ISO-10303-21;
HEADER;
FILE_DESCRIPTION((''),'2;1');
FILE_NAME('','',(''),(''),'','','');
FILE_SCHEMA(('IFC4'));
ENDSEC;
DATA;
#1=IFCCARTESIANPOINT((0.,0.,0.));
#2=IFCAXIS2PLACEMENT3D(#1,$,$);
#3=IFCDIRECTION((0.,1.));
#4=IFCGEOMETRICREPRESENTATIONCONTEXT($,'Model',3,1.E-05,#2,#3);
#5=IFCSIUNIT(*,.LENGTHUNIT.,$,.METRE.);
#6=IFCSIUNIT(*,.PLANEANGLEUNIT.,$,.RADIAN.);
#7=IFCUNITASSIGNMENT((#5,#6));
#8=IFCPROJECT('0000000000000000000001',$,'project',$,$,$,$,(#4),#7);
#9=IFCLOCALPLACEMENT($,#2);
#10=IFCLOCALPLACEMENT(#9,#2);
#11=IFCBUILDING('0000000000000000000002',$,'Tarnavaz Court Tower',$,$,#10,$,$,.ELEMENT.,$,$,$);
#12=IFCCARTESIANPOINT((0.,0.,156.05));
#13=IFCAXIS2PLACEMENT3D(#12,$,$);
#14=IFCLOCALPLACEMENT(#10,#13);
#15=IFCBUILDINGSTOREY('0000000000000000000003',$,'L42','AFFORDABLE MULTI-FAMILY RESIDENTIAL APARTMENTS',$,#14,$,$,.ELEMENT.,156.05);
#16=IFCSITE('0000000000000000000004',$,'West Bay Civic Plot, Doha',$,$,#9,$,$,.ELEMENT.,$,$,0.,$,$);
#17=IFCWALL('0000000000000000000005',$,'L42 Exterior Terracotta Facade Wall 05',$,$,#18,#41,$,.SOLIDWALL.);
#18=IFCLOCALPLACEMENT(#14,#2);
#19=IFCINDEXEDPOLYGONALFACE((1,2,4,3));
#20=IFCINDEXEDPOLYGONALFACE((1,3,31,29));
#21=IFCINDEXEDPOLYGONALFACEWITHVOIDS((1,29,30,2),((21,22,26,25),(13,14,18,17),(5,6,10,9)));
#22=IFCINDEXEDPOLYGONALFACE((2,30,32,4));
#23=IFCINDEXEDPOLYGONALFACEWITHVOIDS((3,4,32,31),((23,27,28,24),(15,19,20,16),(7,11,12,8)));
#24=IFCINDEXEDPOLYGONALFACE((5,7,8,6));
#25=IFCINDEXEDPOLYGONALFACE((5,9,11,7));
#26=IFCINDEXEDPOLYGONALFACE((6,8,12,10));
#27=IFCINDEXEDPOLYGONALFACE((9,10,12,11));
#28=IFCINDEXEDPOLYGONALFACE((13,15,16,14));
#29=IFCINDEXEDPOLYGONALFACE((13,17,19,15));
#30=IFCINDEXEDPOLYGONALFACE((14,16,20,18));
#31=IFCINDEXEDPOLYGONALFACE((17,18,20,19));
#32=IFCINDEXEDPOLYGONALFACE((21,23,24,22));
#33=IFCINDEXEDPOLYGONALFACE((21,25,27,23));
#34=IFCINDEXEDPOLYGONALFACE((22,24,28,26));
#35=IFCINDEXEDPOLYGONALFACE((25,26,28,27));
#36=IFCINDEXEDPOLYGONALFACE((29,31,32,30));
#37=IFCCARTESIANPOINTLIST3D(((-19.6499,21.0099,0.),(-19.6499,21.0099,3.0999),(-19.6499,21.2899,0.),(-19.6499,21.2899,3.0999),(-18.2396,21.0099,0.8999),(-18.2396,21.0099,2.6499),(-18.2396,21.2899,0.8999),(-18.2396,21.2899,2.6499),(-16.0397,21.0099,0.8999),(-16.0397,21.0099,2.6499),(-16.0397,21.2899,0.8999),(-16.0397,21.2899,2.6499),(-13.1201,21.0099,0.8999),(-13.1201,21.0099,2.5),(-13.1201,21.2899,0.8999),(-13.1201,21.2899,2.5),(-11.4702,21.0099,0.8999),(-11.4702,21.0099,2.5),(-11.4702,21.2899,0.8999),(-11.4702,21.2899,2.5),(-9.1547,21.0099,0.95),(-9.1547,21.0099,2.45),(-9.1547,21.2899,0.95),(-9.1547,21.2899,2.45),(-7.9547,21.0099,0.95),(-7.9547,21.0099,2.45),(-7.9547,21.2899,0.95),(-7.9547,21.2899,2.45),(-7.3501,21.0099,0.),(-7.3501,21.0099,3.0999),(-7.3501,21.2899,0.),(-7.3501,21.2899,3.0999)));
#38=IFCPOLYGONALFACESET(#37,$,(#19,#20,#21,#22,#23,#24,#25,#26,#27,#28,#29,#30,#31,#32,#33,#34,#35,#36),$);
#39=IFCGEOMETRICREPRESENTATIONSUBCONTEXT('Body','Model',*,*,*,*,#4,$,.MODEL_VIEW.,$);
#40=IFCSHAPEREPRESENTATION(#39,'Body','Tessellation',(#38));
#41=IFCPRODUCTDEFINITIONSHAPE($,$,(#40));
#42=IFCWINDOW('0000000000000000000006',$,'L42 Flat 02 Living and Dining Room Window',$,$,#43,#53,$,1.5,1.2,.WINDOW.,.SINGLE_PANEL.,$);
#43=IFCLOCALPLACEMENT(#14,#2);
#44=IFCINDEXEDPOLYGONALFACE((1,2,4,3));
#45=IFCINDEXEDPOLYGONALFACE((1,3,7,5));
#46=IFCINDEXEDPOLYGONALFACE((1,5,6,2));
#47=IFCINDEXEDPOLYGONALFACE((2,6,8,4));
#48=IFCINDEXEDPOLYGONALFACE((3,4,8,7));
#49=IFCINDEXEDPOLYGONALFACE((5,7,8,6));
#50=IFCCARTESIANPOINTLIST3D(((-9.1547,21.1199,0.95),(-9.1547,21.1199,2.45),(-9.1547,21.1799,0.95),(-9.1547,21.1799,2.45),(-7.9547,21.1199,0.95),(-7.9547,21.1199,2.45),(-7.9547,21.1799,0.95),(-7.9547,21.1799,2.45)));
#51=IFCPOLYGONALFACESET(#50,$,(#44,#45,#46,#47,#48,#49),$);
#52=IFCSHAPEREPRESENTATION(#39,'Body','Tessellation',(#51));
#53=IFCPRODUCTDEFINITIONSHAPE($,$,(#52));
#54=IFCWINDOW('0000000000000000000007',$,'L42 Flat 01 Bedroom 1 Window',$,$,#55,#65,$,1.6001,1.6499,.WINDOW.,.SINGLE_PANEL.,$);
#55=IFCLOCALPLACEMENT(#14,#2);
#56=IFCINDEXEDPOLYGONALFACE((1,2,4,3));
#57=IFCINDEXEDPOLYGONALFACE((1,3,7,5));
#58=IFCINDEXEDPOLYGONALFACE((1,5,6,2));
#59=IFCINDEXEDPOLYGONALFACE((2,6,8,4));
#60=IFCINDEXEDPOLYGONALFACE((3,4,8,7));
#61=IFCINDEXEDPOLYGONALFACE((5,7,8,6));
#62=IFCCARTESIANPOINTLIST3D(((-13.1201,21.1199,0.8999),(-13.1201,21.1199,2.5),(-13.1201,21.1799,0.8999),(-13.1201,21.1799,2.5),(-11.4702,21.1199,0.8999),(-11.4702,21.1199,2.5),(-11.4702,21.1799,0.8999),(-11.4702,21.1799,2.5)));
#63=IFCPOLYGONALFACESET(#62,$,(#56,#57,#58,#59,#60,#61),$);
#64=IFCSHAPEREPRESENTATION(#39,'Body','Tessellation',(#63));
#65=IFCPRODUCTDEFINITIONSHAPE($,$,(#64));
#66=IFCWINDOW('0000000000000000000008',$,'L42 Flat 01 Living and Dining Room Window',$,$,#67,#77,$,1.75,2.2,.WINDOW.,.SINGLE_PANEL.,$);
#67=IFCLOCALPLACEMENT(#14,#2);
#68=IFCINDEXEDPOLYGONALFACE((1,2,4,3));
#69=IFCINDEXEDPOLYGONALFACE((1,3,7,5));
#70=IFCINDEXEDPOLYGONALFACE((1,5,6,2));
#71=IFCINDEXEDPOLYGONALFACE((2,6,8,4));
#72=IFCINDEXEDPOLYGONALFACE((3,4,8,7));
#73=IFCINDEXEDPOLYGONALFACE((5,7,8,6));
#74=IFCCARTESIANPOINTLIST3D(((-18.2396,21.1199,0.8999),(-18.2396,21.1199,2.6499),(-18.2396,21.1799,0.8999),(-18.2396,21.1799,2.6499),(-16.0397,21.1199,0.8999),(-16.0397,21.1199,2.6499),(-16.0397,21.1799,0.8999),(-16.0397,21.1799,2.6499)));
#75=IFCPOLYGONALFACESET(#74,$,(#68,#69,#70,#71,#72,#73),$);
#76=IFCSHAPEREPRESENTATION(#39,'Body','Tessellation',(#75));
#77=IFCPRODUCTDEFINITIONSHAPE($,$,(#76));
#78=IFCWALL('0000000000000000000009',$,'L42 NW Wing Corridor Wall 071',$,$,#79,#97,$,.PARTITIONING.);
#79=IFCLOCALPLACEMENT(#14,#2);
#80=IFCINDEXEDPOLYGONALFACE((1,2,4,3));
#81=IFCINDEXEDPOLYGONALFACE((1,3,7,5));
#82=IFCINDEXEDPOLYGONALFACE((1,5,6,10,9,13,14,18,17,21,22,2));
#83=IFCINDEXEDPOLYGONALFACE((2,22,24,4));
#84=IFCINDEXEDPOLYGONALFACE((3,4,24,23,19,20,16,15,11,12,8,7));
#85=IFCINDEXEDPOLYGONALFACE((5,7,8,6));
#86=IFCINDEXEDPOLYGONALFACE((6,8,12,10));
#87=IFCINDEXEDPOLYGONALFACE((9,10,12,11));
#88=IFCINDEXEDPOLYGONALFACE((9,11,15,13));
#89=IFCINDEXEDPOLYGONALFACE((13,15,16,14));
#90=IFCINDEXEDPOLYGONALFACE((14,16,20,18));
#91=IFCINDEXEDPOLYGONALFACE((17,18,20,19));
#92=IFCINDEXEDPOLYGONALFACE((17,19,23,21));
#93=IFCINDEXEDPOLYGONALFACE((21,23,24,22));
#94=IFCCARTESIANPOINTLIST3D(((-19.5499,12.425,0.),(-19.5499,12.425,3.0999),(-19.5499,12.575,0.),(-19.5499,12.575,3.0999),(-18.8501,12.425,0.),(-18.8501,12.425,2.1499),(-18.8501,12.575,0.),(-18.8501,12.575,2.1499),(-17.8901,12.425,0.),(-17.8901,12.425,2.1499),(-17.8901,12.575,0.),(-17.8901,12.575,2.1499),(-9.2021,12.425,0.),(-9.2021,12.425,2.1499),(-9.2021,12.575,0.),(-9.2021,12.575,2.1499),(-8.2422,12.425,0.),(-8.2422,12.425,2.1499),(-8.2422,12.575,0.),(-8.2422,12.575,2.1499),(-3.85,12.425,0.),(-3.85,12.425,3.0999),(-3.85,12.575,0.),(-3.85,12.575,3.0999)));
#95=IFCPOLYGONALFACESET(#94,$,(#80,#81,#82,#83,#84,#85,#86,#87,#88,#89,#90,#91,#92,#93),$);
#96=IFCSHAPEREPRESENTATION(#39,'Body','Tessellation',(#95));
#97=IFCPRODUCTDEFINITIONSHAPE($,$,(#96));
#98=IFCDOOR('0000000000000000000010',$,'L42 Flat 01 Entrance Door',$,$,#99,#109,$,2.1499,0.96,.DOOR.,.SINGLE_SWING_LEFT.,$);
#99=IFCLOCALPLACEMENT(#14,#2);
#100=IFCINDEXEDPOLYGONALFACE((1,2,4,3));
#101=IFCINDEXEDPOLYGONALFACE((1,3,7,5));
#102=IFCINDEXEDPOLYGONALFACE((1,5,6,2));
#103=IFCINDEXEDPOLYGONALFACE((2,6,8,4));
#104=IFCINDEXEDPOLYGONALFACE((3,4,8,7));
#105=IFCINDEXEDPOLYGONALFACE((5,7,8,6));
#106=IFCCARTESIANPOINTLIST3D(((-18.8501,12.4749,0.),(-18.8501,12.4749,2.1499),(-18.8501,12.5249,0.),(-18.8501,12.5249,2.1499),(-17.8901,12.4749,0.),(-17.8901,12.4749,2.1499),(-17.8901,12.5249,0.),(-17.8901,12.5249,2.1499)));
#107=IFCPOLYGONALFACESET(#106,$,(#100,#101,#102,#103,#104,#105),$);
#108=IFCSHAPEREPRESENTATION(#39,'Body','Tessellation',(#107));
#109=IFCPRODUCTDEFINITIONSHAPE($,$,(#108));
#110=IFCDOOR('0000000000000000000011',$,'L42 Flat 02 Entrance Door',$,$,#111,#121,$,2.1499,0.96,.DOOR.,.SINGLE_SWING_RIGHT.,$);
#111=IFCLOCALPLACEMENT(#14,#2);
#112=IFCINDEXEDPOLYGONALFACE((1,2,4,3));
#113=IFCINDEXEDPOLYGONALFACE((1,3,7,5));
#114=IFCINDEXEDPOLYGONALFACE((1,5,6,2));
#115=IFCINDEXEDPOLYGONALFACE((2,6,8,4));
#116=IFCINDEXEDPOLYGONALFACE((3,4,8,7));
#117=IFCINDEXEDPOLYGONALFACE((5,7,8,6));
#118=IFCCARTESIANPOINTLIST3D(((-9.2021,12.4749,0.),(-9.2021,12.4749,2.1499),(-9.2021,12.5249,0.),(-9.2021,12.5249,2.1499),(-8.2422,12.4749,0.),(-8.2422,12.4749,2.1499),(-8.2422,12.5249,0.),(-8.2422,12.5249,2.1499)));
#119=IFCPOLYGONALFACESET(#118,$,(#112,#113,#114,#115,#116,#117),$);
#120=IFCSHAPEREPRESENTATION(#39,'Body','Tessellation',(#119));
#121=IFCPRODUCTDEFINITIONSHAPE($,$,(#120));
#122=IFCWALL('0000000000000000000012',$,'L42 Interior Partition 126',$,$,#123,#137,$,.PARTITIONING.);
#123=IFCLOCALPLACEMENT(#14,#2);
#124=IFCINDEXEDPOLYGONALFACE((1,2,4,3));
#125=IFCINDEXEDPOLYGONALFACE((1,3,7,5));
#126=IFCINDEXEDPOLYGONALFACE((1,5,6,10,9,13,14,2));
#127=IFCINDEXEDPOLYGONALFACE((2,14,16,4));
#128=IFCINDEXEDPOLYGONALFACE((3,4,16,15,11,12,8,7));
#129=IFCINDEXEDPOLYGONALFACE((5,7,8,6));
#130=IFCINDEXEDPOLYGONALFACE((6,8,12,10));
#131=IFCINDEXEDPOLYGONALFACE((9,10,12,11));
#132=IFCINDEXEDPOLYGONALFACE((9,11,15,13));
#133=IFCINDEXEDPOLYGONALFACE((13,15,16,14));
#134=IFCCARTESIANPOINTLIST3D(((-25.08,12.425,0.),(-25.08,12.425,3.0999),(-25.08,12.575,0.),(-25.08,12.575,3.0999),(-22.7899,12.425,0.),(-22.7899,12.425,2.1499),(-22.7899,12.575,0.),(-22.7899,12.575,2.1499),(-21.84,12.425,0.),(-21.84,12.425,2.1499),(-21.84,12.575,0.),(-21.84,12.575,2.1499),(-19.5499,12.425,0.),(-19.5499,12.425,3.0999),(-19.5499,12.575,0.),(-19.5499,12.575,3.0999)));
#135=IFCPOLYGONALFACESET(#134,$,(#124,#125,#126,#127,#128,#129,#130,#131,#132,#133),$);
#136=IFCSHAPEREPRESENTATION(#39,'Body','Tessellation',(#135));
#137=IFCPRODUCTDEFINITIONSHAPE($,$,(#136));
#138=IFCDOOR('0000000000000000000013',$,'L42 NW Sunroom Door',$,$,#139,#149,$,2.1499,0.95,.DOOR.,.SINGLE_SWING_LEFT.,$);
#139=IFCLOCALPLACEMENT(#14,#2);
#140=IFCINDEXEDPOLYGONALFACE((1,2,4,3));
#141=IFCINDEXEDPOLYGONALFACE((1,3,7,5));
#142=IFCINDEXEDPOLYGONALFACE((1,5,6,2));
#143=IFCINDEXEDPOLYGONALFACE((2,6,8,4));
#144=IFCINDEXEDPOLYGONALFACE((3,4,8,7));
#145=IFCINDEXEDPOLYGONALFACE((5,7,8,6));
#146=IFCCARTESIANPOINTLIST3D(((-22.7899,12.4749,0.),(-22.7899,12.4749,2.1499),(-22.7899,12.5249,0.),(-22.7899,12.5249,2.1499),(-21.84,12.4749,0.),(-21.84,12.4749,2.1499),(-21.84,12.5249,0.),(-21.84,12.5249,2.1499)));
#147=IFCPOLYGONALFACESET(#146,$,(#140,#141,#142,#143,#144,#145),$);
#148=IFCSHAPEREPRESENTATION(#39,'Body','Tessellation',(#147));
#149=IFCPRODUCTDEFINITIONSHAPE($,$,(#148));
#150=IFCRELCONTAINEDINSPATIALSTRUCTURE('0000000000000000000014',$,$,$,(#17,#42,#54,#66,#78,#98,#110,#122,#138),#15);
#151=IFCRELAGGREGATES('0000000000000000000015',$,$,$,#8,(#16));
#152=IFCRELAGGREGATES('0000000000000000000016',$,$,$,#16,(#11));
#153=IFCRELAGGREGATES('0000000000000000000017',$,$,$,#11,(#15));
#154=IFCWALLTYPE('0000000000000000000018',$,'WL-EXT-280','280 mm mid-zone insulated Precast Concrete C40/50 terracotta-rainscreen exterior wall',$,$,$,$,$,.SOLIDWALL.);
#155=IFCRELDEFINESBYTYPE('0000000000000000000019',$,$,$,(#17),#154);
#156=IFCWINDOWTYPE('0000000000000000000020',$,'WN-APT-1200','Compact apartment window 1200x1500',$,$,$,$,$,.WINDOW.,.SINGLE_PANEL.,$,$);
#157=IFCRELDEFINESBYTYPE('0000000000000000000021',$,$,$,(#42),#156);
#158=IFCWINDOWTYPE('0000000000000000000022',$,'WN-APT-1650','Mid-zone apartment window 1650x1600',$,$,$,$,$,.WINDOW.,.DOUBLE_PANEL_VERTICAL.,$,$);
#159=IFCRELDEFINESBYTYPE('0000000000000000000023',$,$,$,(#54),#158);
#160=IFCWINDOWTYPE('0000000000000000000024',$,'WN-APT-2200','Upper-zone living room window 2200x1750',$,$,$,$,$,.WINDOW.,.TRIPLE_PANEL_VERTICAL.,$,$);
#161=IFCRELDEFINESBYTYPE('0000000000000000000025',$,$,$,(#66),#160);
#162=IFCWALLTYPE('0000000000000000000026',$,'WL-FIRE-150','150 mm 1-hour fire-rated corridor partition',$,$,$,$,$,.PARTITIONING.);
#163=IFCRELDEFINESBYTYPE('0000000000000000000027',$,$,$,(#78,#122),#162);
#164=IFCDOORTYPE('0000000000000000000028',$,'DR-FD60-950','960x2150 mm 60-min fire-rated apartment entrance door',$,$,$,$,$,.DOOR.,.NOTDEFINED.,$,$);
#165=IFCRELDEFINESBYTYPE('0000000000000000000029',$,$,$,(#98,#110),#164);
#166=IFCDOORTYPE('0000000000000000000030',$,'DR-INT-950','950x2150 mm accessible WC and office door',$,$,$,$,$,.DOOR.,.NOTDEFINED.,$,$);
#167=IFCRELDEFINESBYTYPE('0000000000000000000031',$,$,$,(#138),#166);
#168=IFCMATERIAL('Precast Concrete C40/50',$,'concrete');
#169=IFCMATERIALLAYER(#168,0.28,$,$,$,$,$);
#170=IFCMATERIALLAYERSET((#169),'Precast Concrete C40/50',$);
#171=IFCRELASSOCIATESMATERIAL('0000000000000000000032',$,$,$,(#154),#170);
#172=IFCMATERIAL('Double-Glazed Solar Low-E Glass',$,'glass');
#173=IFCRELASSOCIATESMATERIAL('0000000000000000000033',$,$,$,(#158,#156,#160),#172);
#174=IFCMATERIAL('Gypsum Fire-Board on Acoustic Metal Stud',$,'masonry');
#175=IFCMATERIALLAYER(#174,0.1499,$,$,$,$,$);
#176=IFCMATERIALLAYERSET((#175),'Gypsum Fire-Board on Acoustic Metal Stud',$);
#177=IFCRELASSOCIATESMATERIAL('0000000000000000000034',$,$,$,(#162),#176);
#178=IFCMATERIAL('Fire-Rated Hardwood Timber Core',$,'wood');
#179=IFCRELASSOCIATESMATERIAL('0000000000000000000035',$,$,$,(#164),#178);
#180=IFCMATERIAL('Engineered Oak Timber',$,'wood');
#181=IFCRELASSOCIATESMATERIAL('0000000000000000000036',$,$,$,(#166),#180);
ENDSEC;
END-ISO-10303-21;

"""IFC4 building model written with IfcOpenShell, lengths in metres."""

from ifc_helpers import new_model, si_unit, direction, frame, frame_2d, origin, place, context, subcontext, project, spatial, rectangle, extrude, material, layer, layer_set, type_object, element, fill, save


model = new_model("IFC4")

# Units and contexts
model_context = context("Model", 3, precision=1e-05, world=origin(), true_north=direction((0.0, 1.0)))
body_context = subcontext(model_context, "Body", "Model", "MODEL_VIEW")
ifc_project = project(units=[si_unit("LENGTHUNIT", "METRE"), si_unit("PLANEANGLEUNIT", "RADIAN")], contexts=[model_context])

# Site, building, storey
site_placement = place(None, origin())
site = spatial("IfcSite", under=ifc_project, at=site_placement, Name="West Bay Civic Plot, Doha", CompositionType="ELEMENT", RefElevation=0.0)
building_placement = place(site_placement, origin())
building = spatial("IfcBuilding", under=site, at=building_placement, Name="Tarnavaz Court Tower", CompositionType="ELEMENT")
storey_placement = place(building_placement, frame((0.0, 0.0, 156.05)))
storey = spatial("IfcBuildingStorey", under=building, at=storey_placement, Name="L42", Description="AFFORDABLE MULTI-FAMILY RESIDENTIAL APARTMENTS", CompositionType="ELEMENT", Elevation=156.05)

# Shared definitions
ifc_material_1 = material(Name="Precast Concrete C40/50", Category="concrete")
ifc_layer_1 = layer(ifc_material_1, 0.28)
ifc_layer_set_1 = layer_set([ifc_layer_1], Name="Precast Concrete C40/50")
wall_type_1 = type_object("IfcWallType", Name="WL-EXT-280", Description="280 mm mid-zone insulated Precast Concrete C40/50 terracotta-rainscreen exterior wall", PredefinedType="SOLIDWALL", material=ifc_layer_set_1)
ifc_material_2 = material(Name="Double-Glazed Solar Low-E Glass", Category="glass")
window_type_1 = type_object("IfcWindowType", Name="WN-APT-1650", Description="Mid-zone apartment window 1650x1600", PartitioningType="DOUBLE_PANEL_VERTICAL", PredefinedType="WINDOW", material=ifc_material_2)

# Wall, openings, windows
wall_1_placement = place(storey_placement, frame((-19.6499, 21.1499, 0.0), z_axis=(0.0, 0.0, 1.0), x_axis=(1.0, 0.0, 0.0)))
wall_1 = element("IfcWall", 1, at=wall_1_placement, inside=storey, type_object=wall_type_1, Name="L42 Exterior Terracotta Facade Wall 05", PredefinedType="SOLIDWALL", context=body_context, shape_type="SweptSolid", body=[
    extrude(rectangle(XDim=12.2998, YDim=0.28, at=frame_2d((6.1499, 0.0))), origin(), (0.0, 0.0, 1.0), 3.0999),
])
opening_1_placement = place(wall_1_placement, frame((1.4102, 0.0, 0.8999)))
opening_1 = element("IfcOpeningElement", 2, at=opening_1_placement, cuts=wall_1, PredefinedType="OPENING", context=body_context, shape_type="SweptSolid", body=[
    extrude(rectangle(XDim=2.2, YDim=1.75, at=frame_2d((1.1001, 0.875))), frame((0.0, 0.1499, 0.0), z_axis=(0.0, -1.0, 0.0), x_axis=(1.0, 0.0, 0.0)), (0.0, 0.0, 1.0), 0.3),
])
opening_2_placement = place(wall_1_placement, frame((6.5298, 0.0, 0.8999)))
opening_2 = element("IfcOpeningElement", 3, at=opening_2_placement, cuts=wall_1, PredefinedType="OPENING", context=body_context, shape_type="SweptSolid", body=[
    extrude(rectangle(XDim=1.6499, YDim=1.6001, at=frame_2d((0.825, 0.8))), frame((0.0, 0.1499, 0.0), z_axis=(0.0, -1.0, 0.0), x_axis=(1.0, 0.0, 0.0)), (0.0, 0.0, 1.0), 0.3),
])
opening_3_placement = place(wall_1_placement, frame((10.4951, 0.0, 0.95)))
opening_3 = element("IfcOpeningElement", 4, at=opening_3_placement, cuts=wall_1, PredefinedType="OPENING", context=body_context, shape_type="SweptSolid", body=[
    extrude(rectangle(XDim=1.2, YDim=1.5, at=frame_2d((0.6001, 0.75))), frame((0.0, 0.1499, 0.0), z_axis=(0.0, -1.0, 0.0), x_axis=(1.0, 0.0, 0.0)), (0.0, 0.0, 1.0), 0.3),
])
window_type_2 = type_object("IfcWindowType", Name="WN-APT-1200", Description="Compact apartment window 1200x1500", PartitioningType="SINGLE_PANEL", PredefinedType="WINDOW", material=ifc_material_2)
window_1_placement = place(opening_3_placement, origin())
window_1 = element("IfcWindow", 5, at=window_1_placement, inside=storey, type_object=window_type_2, Name="L42 Flat 02 Living and Dining Room Window", OverallHeight=1.5, OverallWidth=1.2, PartitioningType="SINGLE_PANEL", PredefinedType="WINDOW", context=body_context, shape_type="SweptSolid", body=[
    extrude(rectangle(XDim=1.2, YDim=1.5, at=frame_2d((0.6001, 0.75))), frame((0.0, 0.03, 0.0), z_axis=(0.0, -1.0, 0.0), x_axis=(1.0, 0.0, 0.0)), (0.0, 0.0, 1.0), 0.0601),
])
fill(opening_3, window_1)
window_2_placement = place(opening_2_placement, origin())
window_2 = element("IfcWindow", 6, at=window_2_placement, inside=storey, type_object=window_type_1, Name="L42 Flat 01 Bedroom 1 Window", OverallHeight=1.6001, OverallWidth=1.6499, PartitioningType="SINGLE_PANEL", PredefinedType="WINDOW", context=body_context, shape_type="SweptSolid", body=[
    extrude(rectangle(XDim=1.6499, YDim=1.6001, at=frame_2d((0.825, 0.8))), frame((0.0, 0.03, 0.0), z_axis=(0.0, -1.0, 0.0), x_axis=(1.0, 0.0, 0.0)), (0.0, 0.0, 1.0), 0.0601),
])
fill(opening_2, window_2)
window_type_3 = type_object("IfcWindowType", Name="WN-APT-2200", Description="Upper-zone living room window 2200x1750", PartitioningType="TRIPLE_PANEL_VERTICAL", PredefinedType="WINDOW", material=ifc_material_2)
window_3_placement = place(opening_1_placement, origin())
window_3 = element("IfcWindow", 7, at=window_3_placement, inside=storey, type_object=window_type_3, Name="L42 Flat 01 Living and Dining Room Window", OverallHeight=1.75, OverallWidth=2.2, PartitioningType="SINGLE_PANEL", PredefinedType="WINDOW", context=body_context, shape_type="SweptSolid", body=[
    extrude(rectangle(XDim=2.2, YDim=1.75, at=frame_2d((1.1001, 0.875))), frame((0.0, 0.03, 0.0), z_axis=(0.0, -1.0, 0.0), x_axis=(1.0, 0.0, 0.0)), (0.0, 0.0, 1.0), 0.0601),
])
fill(opening_1, window_3)

# Wall, openings, doors
ifc_material_3 = material(Name="Gypsum Fire-Board on Acoustic Metal Stud", Category="masonry")
ifc_layer_2 = layer(ifc_material_3, 0.1499)
ifc_layer_set_2 = layer_set([ifc_layer_2], Name="Gypsum Fire-Board on Acoustic Metal Stud")
wall_type_2 = type_object("IfcWallType", Name="WL-FIRE-150", Description="150 mm 1-hour fire-rated corridor partition", PredefinedType="PARTITIONING", material=ifc_layer_set_2)
wall_2_placement = place(storey_placement, frame((-19.55, 12.5, 0.0), z_axis=(0.0, 0.0, 1.0), x_axis=(1.0, 0.0, 0.0)))
wall_2 = element("IfcWall", 8, at=wall_2_placement, inside=storey, type_object=wall_type_2, Name="L42 NW Wing Corridor Wall 071", PredefinedType="PARTITIONING", context=body_context, shape_type="SweptSolid", body=[
    extrude(rectangle(XDim=15.7, YDim=0.1499, at=frame_2d((7.8501, 0.0))), origin(), (0.0, 0.0, 1.0), 3.0999),
])
opening_4_placement = place(wall_2_placement, frame((0.7, 0.0, 0.0)))
opening_4 = element("IfcOpeningElement", 9, at=opening_4_placement, cuts=wall_2, PredefinedType="OPENING", context=body_context, shape_type="SweptSolid", body=[
    extrude(rectangle(XDim=0.96, YDim=2.1499, at=frame_2d((0.48, 1.075))), frame((0.0, 0.085, 0.0), z_axis=(0.0, -1.0, 0.0), x_axis=(1.0, 0.0, 0.0)), (0.0, 0.0, 1.0), 0.1699),
])
opening_5_placement = place(wall_2_placement, frame((10.3479, 0.0, 0.0)))
opening_5 = element("IfcOpeningElement", 10, at=opening_5_placement, cuts=wall_2, PredefinedType="OPENING", context=body_context, shape_type="SweptSolid", body=[
    extrude(rectangle(XDim=0.96, YDim=2.1499, at=frame_2d((0.48, 1.075))), frame((0.0, 0.085, 0.0), z_axis=(0.0, -1.0, 0.0), x_axis=(1.0, 0.0, 0.0)), (0.0, 0.0, 1.0), 0.1699),
])
ifc_material_4 = material(Name="Fire-Rated Hardwood Timber Core", Category="wood")
door_type_1 = type_object("IfcDoorType", Name="DR-FD60-950", Description="960x2150 mm 60-min fire-rated apartment entrance door", OperationType="NOTDEFINED", PredefinedType="DOOR", material=ifc_material_4)
door_1_placement = place(opening_4_placement, origin())
door_1 = element("IfcDoor", 11, at=door_1_placement, inside=storey, type_object=door_type_1, Name="L42 Flat 01 Entrance Door", OperationType="SINGLE_SWING_LEFT", OverallHeight=2.1499, OverallWidth=0.96, PredefinedType="DOOR", context=body_context, shape_type="SweptSolid", body=[
    extrude(rectangle(XDim=0.96, YDim=2.1499, at=frame_2d((0.48, 1.075))), frame((0.0, 0.0249, 0.0), z_axis=(0.0, -1.0, 0.0), x_axis=(1.0, 0.0, 0.0)), (0.0, 0.0, 1.0), 0.05),
])
fill(opening_4, door_1)
door_2_placement = place(opening_5_placement, origin())
door_2 = element("IfcDoor", 12, at=door_2_placement, inside=storey, type_object=door_type_1, Name="L42 Flat 02 Entrance Door", OperationType="SINGLE_SWING_RIGHT", OverallHeight=2.1499, OverallWidth=0.96, PredefinedType="DOOR", context=body_context, shape_type="SweptSolid", body=[
    extrude(rectangle(XDim=0.96, YDim=2.1499, at=frame_2d((0.48, 1.075))), frame((0.0, 0.0249, 0.0), z_axis=(0.0, -1.0, 0.0), x_axis=(1.0, 0.0, 0.0)), (0.0, 0.0, 1.0), 0.05),
])
fill(opening_5, door_2)

# Wall, opening, door
wall_3_placement = place(storey_placement, frame((-25.0801, 12.5, 0.0), z_axis=(0.0, 0.0, 1.0), x_axis=(1.0, 0.0, 0.0)))
wall_3 = element("IfcWall", 13, at=wall_3_placement, inside=storey, type_object=wall_type_2, Name="L42 Interior Partition 126", PredefinedType="PARTITIONING", context=body_context, shape_type="SweptSolid", body=[
    extrude(rectangle(XDim=5.53, YDim=0.1499, at=frame_2d((2.7651, 0.0))), origin(), (0.0, 0.0, 1.0), 3.0999),
])
opening_6_placement = place(wall_3_placement, frame((2.29, 0.0, 0.0)))
opening_6 = element("IfcOpeningElement", 14, at=opening_6_placement, cuts=wall_3, PredefinedType="OPENING", context=body_context, shape_type="SweptSolid", body=[
    extrude(rectangle(XDim=0.95, YDim=2.1499, at=frame_2d((0.4751, 1.075))), frame((0.0, 0.085, 0.0), z_axis=(0.0, -1.0, 0.0), x_axis=(1.0, 0.0, 0.0)), (0.0, 0.0, 1.0), 0.1699),
])
ifc_material_5 = material(Name="Engineered Oak Timber", Category="wood")
door_type_2 = type_object("IfcDoorType", Name="DR-INT-950", Description="950x2150 mm accessible WC and office door", OperationType="NOTDEFINED", PredefinedType="DOOR", material=ifc_material_5)
door_3_placement = place(opening_6_placement, origin())
door_3 = element("IfcDoor", 15, at=door_3_placement, inside=storey, type_object=door_type_2, Name="L42 NW Sunroom Door", OperationType="SINGLE_SWING_LEFT", OverallHeight=2.1499, OverallWidth=0.95, PredefinedType="DOOR", context=body_context, shape_type="SweptSolid", body=[
    extrude(rectangle(XDim=0.95, YDim=2.1499, at=frame_2d((0.4751, 1.075))), frame((0.0, 0.0249, 0.0), z_axis=(0.0, -1.0, 0.0), x_axis=(1.0, 0.0, 0.0)), (0.0, 0.0, 1.0), 0.05),
])
fill(opening_6, door_3)

save(model, "model.ifc")
